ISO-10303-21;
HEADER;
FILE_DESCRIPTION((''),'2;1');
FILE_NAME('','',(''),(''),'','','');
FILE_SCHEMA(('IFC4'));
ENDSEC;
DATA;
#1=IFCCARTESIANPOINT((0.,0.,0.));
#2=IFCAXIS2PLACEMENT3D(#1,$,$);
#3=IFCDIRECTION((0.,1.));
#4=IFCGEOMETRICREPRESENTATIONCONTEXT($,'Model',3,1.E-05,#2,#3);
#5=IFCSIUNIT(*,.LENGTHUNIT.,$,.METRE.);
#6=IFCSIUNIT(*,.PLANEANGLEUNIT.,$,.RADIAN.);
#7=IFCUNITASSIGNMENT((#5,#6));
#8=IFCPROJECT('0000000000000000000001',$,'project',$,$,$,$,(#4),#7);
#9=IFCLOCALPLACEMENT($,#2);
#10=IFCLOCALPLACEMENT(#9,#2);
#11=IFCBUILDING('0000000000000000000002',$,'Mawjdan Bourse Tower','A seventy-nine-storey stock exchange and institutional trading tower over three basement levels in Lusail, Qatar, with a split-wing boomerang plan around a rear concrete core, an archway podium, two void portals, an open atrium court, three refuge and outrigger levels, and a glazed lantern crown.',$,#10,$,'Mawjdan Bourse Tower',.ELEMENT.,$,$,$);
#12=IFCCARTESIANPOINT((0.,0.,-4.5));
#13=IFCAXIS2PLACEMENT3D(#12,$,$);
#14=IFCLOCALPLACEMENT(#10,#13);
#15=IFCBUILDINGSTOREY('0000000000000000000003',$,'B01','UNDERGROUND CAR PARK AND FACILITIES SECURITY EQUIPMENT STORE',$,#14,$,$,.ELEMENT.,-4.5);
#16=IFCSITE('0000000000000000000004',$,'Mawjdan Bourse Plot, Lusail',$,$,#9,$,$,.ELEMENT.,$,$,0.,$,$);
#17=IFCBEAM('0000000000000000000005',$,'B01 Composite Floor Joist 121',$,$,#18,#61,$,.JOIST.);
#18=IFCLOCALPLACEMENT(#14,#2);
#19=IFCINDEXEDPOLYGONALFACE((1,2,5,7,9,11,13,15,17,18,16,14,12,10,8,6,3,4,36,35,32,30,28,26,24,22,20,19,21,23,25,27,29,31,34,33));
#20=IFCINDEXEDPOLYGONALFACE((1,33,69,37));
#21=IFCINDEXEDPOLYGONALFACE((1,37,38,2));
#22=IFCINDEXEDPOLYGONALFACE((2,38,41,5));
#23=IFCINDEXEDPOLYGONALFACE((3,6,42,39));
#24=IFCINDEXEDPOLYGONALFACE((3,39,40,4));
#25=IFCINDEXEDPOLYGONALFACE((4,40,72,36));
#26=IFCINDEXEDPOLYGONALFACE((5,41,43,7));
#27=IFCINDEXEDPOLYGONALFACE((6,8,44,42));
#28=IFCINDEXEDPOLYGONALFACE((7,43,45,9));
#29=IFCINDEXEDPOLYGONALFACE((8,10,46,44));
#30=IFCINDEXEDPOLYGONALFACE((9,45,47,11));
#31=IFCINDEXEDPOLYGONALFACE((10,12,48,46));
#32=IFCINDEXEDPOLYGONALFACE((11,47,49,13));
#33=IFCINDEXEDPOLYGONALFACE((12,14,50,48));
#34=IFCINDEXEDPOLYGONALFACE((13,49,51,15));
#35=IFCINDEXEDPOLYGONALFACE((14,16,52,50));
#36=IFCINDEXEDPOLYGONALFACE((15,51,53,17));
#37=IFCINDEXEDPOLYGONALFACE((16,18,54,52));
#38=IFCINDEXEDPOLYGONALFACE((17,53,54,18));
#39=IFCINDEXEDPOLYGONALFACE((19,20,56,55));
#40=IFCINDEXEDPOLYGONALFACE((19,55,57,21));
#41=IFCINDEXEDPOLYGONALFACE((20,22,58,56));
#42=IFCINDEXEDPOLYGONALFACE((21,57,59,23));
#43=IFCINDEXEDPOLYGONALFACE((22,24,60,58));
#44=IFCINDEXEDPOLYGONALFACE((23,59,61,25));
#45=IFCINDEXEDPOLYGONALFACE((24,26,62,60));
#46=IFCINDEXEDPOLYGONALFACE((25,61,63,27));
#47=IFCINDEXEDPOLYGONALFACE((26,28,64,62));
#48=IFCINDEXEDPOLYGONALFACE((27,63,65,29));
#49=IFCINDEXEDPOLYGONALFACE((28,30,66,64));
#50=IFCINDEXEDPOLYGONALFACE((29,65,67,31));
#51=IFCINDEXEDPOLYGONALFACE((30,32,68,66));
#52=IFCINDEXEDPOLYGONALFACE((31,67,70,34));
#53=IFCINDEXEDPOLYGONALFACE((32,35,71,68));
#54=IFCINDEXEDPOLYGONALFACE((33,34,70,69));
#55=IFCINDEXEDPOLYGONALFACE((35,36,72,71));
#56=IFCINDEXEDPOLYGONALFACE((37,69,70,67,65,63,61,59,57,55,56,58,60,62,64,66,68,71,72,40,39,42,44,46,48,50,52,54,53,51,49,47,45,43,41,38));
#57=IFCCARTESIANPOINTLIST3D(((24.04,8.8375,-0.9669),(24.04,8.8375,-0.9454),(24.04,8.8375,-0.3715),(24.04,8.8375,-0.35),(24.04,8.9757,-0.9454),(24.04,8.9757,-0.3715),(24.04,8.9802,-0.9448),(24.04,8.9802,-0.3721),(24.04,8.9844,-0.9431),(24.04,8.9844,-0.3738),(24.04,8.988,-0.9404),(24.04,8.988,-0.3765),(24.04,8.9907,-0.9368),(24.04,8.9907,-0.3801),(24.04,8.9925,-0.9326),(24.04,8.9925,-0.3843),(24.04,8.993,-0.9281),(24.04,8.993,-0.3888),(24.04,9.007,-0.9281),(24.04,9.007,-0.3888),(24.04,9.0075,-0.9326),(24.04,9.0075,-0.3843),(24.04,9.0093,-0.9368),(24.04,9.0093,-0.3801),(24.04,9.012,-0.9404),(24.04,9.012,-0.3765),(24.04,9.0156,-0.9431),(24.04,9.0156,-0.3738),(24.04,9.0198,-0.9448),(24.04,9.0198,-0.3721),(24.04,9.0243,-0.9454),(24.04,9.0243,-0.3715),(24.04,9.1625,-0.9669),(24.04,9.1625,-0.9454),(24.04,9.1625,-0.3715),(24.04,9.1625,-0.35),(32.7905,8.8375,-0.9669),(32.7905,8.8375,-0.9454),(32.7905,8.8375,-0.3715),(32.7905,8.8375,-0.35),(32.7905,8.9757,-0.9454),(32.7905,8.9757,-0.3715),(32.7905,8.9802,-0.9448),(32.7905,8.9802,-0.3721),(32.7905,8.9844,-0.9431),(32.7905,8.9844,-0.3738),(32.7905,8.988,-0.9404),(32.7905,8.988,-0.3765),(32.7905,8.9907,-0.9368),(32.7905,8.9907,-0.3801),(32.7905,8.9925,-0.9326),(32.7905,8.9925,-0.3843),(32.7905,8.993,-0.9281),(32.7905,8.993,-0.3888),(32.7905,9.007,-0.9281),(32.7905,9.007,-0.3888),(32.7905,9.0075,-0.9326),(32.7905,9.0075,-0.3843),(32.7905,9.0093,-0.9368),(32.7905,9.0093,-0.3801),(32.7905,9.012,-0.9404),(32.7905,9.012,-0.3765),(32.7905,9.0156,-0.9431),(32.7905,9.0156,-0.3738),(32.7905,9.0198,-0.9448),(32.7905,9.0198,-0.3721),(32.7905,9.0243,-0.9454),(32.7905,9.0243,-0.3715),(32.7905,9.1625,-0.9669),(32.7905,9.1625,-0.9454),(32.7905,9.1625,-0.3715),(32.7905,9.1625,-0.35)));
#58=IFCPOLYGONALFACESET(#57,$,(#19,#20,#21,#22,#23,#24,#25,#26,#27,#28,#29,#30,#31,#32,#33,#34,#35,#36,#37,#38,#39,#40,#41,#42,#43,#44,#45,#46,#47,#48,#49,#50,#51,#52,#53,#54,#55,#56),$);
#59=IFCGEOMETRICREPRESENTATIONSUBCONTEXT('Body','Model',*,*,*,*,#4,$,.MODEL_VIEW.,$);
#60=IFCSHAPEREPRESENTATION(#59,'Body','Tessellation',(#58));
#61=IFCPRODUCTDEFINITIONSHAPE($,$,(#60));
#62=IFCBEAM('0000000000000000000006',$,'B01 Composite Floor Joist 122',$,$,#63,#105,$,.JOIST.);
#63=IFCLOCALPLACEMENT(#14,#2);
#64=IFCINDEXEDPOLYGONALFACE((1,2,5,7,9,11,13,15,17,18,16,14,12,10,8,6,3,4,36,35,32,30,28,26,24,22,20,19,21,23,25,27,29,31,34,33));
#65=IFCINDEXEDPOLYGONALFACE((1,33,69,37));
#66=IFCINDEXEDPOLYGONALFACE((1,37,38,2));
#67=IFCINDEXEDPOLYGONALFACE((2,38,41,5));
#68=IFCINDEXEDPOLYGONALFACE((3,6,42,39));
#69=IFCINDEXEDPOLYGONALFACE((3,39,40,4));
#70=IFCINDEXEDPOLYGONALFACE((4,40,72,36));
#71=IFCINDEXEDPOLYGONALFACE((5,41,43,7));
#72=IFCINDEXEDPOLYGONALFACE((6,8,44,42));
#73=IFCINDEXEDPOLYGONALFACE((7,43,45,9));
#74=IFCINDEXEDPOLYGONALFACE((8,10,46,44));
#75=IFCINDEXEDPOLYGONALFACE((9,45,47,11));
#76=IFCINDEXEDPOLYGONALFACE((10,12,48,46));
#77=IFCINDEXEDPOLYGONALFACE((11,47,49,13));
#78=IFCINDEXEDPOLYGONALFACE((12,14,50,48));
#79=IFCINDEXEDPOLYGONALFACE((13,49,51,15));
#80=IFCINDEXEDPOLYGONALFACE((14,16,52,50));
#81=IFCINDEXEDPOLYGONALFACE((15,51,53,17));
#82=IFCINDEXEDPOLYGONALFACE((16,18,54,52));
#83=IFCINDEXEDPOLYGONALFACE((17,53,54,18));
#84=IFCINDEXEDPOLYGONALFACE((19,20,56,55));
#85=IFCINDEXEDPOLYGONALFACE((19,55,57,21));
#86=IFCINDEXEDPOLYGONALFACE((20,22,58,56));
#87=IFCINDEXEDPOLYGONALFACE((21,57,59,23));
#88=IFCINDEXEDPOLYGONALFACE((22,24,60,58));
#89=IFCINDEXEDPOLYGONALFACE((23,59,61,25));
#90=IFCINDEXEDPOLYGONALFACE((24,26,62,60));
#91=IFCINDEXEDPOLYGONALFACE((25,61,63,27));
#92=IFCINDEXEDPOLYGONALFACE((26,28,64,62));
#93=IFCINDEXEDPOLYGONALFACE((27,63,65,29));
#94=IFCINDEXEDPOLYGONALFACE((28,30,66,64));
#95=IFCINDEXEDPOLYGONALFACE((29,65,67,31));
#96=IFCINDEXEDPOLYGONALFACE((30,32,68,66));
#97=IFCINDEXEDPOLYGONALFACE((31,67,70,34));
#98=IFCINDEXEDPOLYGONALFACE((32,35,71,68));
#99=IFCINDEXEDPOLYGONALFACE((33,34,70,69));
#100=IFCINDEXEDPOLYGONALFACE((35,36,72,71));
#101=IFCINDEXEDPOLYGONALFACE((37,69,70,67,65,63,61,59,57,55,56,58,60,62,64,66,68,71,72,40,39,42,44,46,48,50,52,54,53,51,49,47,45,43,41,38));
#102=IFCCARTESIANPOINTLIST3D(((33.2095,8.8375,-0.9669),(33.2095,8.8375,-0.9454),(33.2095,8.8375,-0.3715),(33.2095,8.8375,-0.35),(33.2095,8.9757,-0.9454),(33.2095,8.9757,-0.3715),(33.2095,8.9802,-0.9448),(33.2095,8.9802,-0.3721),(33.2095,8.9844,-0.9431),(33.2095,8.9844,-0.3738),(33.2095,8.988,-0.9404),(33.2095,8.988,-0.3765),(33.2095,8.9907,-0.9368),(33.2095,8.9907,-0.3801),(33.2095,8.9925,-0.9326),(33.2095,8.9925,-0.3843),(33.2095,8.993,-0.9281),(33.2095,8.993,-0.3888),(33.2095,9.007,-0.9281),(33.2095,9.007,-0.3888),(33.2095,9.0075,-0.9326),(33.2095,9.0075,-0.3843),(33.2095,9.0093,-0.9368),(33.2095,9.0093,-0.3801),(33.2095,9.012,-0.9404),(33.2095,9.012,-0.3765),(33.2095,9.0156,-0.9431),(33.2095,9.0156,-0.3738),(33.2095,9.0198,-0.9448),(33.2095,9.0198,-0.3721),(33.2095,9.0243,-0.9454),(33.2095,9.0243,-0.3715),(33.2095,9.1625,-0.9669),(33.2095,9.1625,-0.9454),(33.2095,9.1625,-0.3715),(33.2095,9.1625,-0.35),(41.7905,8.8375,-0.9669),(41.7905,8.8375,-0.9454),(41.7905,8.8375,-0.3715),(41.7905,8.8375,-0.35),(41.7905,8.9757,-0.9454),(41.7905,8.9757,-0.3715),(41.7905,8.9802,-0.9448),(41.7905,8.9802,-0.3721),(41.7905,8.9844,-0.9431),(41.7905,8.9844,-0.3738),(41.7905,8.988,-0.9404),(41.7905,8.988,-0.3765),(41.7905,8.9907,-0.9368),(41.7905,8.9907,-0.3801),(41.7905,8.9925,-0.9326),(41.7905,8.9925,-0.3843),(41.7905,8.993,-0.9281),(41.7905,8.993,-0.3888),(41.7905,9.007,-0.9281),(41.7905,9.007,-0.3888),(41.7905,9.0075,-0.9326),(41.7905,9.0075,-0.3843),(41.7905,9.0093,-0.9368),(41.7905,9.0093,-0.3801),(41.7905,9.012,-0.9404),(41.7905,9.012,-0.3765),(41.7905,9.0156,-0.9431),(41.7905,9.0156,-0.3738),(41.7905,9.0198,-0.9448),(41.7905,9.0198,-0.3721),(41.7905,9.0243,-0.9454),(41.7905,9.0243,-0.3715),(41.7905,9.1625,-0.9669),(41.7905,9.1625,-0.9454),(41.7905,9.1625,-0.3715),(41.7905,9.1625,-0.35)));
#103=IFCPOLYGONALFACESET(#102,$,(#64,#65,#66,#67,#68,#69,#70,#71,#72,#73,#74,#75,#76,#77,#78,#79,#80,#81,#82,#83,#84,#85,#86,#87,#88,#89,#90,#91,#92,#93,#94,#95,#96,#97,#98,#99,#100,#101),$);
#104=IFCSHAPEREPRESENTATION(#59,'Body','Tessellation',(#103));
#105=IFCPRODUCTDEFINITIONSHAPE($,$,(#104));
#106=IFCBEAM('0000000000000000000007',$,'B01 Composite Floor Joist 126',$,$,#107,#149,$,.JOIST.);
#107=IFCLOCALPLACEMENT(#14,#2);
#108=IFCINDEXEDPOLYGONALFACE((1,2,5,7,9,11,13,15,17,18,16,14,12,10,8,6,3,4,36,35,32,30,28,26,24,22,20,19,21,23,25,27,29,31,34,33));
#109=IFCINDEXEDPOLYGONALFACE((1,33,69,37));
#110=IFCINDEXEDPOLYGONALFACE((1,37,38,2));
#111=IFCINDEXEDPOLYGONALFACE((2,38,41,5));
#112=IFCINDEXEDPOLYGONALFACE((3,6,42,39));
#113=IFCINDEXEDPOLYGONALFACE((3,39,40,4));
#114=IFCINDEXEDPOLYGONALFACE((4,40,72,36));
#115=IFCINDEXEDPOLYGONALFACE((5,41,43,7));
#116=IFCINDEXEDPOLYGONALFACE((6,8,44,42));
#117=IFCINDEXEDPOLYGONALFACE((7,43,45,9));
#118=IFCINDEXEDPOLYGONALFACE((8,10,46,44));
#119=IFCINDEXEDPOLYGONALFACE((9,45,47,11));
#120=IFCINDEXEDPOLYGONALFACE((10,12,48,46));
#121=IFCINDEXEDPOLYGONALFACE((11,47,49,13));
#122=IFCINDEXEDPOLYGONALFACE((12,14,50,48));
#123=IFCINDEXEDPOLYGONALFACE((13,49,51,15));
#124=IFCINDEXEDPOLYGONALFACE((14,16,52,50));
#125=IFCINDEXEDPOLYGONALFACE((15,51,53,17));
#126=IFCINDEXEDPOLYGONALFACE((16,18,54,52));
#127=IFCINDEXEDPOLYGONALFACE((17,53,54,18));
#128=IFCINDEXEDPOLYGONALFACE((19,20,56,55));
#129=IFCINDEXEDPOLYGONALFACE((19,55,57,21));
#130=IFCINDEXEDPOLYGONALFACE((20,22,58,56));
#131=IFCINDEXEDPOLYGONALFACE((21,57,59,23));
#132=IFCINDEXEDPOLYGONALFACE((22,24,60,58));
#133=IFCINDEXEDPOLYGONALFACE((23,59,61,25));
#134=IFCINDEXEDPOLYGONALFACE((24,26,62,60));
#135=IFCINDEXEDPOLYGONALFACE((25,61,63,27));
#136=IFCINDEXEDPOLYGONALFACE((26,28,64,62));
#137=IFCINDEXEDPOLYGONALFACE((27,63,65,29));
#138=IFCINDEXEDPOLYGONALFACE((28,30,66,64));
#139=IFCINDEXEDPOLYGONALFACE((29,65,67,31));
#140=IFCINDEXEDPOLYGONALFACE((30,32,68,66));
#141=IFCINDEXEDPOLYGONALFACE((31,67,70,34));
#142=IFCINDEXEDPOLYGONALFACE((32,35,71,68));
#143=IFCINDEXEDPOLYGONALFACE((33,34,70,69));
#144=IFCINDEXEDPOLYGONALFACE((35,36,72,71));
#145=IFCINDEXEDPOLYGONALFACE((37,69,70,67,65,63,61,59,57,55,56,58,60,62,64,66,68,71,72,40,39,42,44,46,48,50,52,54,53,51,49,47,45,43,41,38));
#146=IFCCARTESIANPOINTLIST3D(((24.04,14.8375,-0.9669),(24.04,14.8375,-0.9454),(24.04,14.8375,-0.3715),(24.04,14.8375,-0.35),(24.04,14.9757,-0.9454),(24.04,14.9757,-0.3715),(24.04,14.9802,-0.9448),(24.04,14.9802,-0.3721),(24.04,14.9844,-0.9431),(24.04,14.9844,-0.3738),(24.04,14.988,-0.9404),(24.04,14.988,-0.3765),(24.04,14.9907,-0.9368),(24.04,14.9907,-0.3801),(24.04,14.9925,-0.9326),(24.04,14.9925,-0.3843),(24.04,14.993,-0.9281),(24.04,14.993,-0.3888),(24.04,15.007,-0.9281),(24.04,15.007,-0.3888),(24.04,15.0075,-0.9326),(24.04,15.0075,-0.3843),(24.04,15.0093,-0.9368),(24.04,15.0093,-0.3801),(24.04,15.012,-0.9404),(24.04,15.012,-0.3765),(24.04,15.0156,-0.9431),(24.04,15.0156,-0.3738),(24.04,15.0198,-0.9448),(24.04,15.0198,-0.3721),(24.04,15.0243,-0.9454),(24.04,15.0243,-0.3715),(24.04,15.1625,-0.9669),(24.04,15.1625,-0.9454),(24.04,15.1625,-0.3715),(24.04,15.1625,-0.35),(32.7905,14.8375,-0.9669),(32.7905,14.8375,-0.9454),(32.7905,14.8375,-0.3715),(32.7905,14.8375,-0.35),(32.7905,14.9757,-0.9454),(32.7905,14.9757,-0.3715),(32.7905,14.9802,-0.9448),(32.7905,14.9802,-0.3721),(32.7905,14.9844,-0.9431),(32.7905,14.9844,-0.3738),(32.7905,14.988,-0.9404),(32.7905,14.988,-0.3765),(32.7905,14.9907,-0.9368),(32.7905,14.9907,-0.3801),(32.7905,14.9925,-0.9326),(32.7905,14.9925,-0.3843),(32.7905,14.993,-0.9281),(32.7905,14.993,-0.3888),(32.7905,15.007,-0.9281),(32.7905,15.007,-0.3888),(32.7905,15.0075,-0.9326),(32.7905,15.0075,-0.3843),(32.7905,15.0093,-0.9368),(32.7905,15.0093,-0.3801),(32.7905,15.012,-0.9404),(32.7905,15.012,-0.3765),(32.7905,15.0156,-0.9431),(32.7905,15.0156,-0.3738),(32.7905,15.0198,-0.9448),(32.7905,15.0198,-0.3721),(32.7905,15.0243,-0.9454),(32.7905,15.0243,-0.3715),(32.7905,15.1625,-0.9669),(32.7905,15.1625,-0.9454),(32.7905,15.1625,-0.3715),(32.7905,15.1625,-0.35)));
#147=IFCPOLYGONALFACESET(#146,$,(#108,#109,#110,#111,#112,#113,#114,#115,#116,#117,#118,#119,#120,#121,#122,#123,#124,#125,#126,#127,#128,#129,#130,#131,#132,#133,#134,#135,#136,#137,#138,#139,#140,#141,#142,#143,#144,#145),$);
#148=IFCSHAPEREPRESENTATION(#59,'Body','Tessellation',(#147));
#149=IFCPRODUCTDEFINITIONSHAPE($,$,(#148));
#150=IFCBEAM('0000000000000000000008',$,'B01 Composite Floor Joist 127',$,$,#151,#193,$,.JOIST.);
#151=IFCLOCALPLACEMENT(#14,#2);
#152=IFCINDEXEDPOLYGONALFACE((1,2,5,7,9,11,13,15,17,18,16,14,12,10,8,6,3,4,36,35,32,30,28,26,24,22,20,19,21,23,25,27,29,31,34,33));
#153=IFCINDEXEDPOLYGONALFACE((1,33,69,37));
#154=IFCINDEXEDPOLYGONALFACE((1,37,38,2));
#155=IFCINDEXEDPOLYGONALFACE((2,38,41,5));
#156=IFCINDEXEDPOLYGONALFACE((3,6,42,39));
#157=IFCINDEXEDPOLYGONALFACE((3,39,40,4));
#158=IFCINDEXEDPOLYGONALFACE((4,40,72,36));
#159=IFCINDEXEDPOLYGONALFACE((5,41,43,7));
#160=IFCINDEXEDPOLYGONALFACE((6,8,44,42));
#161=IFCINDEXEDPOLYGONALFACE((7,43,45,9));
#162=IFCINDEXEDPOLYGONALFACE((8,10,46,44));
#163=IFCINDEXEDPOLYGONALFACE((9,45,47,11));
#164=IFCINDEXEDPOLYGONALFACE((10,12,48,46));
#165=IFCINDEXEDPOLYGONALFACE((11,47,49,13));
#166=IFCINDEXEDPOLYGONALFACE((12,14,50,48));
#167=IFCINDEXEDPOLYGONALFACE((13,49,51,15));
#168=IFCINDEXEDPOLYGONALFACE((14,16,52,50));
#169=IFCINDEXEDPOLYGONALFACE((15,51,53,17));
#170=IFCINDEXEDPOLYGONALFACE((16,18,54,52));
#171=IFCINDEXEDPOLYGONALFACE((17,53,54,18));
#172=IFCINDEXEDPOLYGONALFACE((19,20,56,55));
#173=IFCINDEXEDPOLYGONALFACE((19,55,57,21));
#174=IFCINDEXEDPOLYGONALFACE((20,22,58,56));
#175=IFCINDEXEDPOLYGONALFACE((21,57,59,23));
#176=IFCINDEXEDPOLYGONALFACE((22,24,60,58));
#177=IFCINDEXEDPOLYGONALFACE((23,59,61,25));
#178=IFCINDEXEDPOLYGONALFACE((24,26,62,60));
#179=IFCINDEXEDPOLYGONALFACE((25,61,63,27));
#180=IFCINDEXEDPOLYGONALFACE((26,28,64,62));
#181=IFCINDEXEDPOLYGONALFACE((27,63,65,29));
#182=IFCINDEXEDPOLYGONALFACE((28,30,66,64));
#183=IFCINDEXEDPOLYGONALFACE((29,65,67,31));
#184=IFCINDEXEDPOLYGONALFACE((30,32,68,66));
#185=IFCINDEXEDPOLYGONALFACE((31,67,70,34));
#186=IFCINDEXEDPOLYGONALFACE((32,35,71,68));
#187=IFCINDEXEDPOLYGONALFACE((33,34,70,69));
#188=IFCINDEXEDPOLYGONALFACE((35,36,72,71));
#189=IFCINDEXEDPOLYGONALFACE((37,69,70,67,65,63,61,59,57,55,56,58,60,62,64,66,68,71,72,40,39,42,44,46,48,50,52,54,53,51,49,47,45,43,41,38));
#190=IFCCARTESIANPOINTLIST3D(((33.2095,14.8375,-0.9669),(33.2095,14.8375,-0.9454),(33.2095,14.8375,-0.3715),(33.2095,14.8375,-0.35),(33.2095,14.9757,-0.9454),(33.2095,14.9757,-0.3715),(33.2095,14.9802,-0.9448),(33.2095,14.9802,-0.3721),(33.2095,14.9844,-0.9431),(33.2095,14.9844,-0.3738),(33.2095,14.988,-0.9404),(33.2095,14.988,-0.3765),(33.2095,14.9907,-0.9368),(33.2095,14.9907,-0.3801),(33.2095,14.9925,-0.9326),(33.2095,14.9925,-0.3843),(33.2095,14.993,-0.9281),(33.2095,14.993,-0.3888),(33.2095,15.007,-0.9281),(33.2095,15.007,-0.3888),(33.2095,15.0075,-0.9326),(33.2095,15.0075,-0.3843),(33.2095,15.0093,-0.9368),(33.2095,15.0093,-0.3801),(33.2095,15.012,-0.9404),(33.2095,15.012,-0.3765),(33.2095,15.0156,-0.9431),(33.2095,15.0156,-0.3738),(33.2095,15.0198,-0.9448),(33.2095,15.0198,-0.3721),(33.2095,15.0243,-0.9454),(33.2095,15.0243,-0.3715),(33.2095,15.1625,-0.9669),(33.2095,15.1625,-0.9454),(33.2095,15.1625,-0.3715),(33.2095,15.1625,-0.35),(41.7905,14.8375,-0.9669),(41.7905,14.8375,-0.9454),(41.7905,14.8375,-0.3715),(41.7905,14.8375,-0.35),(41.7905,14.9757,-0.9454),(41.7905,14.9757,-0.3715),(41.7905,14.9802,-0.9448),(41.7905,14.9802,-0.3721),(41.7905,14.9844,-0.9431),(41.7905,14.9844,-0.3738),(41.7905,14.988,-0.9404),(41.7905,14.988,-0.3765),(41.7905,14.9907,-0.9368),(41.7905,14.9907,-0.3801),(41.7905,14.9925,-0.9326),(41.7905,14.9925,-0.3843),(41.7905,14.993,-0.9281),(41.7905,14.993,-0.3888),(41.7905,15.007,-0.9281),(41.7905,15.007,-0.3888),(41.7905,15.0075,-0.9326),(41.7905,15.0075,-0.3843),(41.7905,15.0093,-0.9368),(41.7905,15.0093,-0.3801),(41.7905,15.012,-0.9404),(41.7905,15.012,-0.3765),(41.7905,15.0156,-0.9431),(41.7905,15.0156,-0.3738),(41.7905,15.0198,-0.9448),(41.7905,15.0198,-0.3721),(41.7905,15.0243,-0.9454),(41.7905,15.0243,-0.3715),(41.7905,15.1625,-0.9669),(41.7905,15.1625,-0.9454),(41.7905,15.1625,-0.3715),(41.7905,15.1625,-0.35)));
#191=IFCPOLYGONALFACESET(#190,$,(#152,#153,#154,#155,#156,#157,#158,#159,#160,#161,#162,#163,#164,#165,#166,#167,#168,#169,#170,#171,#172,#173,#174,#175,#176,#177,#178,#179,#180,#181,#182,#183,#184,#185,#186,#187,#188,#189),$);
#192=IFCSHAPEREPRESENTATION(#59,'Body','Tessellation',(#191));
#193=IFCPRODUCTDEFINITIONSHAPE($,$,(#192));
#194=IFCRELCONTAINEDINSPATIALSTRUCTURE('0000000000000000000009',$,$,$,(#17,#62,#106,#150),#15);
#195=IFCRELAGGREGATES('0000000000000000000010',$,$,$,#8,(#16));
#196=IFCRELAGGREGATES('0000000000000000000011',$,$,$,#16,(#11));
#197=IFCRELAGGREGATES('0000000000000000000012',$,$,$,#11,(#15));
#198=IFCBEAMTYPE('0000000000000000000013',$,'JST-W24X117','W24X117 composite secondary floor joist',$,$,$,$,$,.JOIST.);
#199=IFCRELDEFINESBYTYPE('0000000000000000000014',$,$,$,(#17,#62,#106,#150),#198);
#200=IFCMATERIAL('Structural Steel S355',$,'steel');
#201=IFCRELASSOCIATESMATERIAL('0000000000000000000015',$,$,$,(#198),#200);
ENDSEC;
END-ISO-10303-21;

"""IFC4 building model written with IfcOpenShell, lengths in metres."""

from ifc_helpers import new_model, si_unit, direction, frame, origin, origin_2d, place, context, subcontext, project, spatial, i_section, extrude, material, material_profile, profile_set, type_object, element, save


model = new_model("IFC4")

# Units and contexts
model_context = context("Model", 3, precision=1e-05, world=origin(), true_north=direction((0.0, 1.0)))
body_context = subcontext(model_context, "Body", "Model", "MODEL_VIEW")
ifc_project = project(units=[si_unit("LENGTHUNIT", "METRE"), si_unit("PLANEANGLEUNIT", "RADIAN")], contexts=[model_context])

# Site, building, storey
site_placement = place(None, origin())
site = spatial("IfcSite", under=ifc_project, at=site_placement, Name="Mawjdan Bourse Plot, Lusail", CompositionType="ELEMENT", RefElevation=0.0)
building_placement = place(site_placement, origin())
building = spatial("IfcBuilding", under=site, at=building_placement, Name="Mawjdan Bourse Tower", Description="A seventy-nine-storey stock exchange and institutional trading tower over three basement levels in Lusail, Qatar, with a split-wing boomerang plan around a rear concrete core, an archway podium, two void portals, an open atrium court, three refuge and outrigger levels, and a glazed lantern crown.", LongName="Mawjdan Bourse Tower", CompositionType="ELEMENT")
storey_placement = place(building_placement, frame((0.0, 0.0, -4.5)))
storey = spatial("IfcBuildingStorey", under=building, at=storey_placement, Name="B01", Description="UNDERGROUND CAR PARK AND FACILITIES SECURITY EQUIPMENT STORE", CompositionType="ELEMENT", Elevation=-4.5)

# Beams
ifc_material_1 = material(Name="Structural Steel S355", Category="steel")
ifc_material_profile_1 = material_profile(ifc_material_1, i_section(OverallWidth=0.325, OverallDepth=0.6169, WebThickness=0.0139, FlangeThickness=0.0215, FilletRadius=0.0173, at=origin_2d()), Name="W24X117")
ifc_profile_set_1 = profile_set([ifc_material_profile_1], Name="Structural Steel S355")
beam_type_1 = type_object("IfcBeamType", Name="JST-W24X117", Description="W24X117 composite secondary floor joist", PredefinedType="JOIST", material=ifc_profile_set_1)
beam_1_placement = place(storey_placement, frame((24.04, 9.0, -0.6584), z_axis=(1.0, 0.0, 0.0), x_axis=(0.0, 1.0, 0.0)))
element("IfcBeam", 1, at=beam_1_placement, inside=storey, type_object=beam_type_1, Name="B01 Composite Floor Joist 121", PredefinedType="JOIST", context=body_context, shape_type="SweptSolid", body=[
    extrude(i_section(OverallWidth=0.325, OverallDepth=0.6169, WebThickness=0.0139, FlangeThickness=0.0215, FilletRadius=0.0173, at=origin_2d()), origin(), (0.0, 0.0, 1.0), 8.7505),
])
beam_2_placement = place(storey_placement, frame((33.2095, 9.0, -0.6584), z_axis=(1.0, 0.0, 0.0), x_axis=(0.0, 1.0, 0.0)))
element("IfcBeam", 2, at=beam_2_placement, inside=storey, type_object=beam_type_1, Name="B01 Composite Floor Joist 122", PredefinedType="JOIST", context=body_context, shape_type="SweptSolid", body=[
    extrude(i_section(OverallWidth=0.325, OverallDepth=0.6169, WebThickness=0.0139, FlangeThickness=0.0215, FilletRadius=0.0173, at=origin_2d()), origin(), (0.0, 0.0, 1.0), 8.5811),
])
beam_3_placement = place(storey_placement, frame((24.04, 15.0, -0.6584), z_axis=(1.0, 0.0, 0.0), x_axis=(0.0, 1.0, 0.0)))
element("IfcBeam", 3, at=beam_3_placement, inside=storey, type_object=beam_type_1, Name="B01 Composite Floor Joist 126", PredefinedType="JOIST", context=body_context, shape_type="SweptSolid", body=[
    extrude(i_section(OverallWidth=0.325, OverallDepth=0.6169, WebThickness=0.0139, FlangeThickness=0.0215, FilletRadius=0.0173, at=origin_2d()), origin(), (0.0, 0.0, 1.0), 8.7505),
])
beam_4_placement = place(storey_placement, frame((33.2095, 15.0, -0.6584), z_axis=(1.0, 0.0, 0.0), x_axis=(0.0, 1.0, 0.0)))
element("IfcBeam", 4, at=beam_4_placement, inside=storey, type_object=beam_type_1, Name="B01 Composite Floor Joist 127", PredefinedType="JOIST", context=body_context, shape_type="SweptSolid", body=[
    extrude(i_section(OverallWidth=0.325, OverallDepth=0.6169, WebThickness=0.0139, FlangeThickness=0.0215, FilletRadius=0.0173, at=origin_2d()), origin(), (0.0, 0.0, 1.0), 8.5811),
])

save(model, "model.ifc")
